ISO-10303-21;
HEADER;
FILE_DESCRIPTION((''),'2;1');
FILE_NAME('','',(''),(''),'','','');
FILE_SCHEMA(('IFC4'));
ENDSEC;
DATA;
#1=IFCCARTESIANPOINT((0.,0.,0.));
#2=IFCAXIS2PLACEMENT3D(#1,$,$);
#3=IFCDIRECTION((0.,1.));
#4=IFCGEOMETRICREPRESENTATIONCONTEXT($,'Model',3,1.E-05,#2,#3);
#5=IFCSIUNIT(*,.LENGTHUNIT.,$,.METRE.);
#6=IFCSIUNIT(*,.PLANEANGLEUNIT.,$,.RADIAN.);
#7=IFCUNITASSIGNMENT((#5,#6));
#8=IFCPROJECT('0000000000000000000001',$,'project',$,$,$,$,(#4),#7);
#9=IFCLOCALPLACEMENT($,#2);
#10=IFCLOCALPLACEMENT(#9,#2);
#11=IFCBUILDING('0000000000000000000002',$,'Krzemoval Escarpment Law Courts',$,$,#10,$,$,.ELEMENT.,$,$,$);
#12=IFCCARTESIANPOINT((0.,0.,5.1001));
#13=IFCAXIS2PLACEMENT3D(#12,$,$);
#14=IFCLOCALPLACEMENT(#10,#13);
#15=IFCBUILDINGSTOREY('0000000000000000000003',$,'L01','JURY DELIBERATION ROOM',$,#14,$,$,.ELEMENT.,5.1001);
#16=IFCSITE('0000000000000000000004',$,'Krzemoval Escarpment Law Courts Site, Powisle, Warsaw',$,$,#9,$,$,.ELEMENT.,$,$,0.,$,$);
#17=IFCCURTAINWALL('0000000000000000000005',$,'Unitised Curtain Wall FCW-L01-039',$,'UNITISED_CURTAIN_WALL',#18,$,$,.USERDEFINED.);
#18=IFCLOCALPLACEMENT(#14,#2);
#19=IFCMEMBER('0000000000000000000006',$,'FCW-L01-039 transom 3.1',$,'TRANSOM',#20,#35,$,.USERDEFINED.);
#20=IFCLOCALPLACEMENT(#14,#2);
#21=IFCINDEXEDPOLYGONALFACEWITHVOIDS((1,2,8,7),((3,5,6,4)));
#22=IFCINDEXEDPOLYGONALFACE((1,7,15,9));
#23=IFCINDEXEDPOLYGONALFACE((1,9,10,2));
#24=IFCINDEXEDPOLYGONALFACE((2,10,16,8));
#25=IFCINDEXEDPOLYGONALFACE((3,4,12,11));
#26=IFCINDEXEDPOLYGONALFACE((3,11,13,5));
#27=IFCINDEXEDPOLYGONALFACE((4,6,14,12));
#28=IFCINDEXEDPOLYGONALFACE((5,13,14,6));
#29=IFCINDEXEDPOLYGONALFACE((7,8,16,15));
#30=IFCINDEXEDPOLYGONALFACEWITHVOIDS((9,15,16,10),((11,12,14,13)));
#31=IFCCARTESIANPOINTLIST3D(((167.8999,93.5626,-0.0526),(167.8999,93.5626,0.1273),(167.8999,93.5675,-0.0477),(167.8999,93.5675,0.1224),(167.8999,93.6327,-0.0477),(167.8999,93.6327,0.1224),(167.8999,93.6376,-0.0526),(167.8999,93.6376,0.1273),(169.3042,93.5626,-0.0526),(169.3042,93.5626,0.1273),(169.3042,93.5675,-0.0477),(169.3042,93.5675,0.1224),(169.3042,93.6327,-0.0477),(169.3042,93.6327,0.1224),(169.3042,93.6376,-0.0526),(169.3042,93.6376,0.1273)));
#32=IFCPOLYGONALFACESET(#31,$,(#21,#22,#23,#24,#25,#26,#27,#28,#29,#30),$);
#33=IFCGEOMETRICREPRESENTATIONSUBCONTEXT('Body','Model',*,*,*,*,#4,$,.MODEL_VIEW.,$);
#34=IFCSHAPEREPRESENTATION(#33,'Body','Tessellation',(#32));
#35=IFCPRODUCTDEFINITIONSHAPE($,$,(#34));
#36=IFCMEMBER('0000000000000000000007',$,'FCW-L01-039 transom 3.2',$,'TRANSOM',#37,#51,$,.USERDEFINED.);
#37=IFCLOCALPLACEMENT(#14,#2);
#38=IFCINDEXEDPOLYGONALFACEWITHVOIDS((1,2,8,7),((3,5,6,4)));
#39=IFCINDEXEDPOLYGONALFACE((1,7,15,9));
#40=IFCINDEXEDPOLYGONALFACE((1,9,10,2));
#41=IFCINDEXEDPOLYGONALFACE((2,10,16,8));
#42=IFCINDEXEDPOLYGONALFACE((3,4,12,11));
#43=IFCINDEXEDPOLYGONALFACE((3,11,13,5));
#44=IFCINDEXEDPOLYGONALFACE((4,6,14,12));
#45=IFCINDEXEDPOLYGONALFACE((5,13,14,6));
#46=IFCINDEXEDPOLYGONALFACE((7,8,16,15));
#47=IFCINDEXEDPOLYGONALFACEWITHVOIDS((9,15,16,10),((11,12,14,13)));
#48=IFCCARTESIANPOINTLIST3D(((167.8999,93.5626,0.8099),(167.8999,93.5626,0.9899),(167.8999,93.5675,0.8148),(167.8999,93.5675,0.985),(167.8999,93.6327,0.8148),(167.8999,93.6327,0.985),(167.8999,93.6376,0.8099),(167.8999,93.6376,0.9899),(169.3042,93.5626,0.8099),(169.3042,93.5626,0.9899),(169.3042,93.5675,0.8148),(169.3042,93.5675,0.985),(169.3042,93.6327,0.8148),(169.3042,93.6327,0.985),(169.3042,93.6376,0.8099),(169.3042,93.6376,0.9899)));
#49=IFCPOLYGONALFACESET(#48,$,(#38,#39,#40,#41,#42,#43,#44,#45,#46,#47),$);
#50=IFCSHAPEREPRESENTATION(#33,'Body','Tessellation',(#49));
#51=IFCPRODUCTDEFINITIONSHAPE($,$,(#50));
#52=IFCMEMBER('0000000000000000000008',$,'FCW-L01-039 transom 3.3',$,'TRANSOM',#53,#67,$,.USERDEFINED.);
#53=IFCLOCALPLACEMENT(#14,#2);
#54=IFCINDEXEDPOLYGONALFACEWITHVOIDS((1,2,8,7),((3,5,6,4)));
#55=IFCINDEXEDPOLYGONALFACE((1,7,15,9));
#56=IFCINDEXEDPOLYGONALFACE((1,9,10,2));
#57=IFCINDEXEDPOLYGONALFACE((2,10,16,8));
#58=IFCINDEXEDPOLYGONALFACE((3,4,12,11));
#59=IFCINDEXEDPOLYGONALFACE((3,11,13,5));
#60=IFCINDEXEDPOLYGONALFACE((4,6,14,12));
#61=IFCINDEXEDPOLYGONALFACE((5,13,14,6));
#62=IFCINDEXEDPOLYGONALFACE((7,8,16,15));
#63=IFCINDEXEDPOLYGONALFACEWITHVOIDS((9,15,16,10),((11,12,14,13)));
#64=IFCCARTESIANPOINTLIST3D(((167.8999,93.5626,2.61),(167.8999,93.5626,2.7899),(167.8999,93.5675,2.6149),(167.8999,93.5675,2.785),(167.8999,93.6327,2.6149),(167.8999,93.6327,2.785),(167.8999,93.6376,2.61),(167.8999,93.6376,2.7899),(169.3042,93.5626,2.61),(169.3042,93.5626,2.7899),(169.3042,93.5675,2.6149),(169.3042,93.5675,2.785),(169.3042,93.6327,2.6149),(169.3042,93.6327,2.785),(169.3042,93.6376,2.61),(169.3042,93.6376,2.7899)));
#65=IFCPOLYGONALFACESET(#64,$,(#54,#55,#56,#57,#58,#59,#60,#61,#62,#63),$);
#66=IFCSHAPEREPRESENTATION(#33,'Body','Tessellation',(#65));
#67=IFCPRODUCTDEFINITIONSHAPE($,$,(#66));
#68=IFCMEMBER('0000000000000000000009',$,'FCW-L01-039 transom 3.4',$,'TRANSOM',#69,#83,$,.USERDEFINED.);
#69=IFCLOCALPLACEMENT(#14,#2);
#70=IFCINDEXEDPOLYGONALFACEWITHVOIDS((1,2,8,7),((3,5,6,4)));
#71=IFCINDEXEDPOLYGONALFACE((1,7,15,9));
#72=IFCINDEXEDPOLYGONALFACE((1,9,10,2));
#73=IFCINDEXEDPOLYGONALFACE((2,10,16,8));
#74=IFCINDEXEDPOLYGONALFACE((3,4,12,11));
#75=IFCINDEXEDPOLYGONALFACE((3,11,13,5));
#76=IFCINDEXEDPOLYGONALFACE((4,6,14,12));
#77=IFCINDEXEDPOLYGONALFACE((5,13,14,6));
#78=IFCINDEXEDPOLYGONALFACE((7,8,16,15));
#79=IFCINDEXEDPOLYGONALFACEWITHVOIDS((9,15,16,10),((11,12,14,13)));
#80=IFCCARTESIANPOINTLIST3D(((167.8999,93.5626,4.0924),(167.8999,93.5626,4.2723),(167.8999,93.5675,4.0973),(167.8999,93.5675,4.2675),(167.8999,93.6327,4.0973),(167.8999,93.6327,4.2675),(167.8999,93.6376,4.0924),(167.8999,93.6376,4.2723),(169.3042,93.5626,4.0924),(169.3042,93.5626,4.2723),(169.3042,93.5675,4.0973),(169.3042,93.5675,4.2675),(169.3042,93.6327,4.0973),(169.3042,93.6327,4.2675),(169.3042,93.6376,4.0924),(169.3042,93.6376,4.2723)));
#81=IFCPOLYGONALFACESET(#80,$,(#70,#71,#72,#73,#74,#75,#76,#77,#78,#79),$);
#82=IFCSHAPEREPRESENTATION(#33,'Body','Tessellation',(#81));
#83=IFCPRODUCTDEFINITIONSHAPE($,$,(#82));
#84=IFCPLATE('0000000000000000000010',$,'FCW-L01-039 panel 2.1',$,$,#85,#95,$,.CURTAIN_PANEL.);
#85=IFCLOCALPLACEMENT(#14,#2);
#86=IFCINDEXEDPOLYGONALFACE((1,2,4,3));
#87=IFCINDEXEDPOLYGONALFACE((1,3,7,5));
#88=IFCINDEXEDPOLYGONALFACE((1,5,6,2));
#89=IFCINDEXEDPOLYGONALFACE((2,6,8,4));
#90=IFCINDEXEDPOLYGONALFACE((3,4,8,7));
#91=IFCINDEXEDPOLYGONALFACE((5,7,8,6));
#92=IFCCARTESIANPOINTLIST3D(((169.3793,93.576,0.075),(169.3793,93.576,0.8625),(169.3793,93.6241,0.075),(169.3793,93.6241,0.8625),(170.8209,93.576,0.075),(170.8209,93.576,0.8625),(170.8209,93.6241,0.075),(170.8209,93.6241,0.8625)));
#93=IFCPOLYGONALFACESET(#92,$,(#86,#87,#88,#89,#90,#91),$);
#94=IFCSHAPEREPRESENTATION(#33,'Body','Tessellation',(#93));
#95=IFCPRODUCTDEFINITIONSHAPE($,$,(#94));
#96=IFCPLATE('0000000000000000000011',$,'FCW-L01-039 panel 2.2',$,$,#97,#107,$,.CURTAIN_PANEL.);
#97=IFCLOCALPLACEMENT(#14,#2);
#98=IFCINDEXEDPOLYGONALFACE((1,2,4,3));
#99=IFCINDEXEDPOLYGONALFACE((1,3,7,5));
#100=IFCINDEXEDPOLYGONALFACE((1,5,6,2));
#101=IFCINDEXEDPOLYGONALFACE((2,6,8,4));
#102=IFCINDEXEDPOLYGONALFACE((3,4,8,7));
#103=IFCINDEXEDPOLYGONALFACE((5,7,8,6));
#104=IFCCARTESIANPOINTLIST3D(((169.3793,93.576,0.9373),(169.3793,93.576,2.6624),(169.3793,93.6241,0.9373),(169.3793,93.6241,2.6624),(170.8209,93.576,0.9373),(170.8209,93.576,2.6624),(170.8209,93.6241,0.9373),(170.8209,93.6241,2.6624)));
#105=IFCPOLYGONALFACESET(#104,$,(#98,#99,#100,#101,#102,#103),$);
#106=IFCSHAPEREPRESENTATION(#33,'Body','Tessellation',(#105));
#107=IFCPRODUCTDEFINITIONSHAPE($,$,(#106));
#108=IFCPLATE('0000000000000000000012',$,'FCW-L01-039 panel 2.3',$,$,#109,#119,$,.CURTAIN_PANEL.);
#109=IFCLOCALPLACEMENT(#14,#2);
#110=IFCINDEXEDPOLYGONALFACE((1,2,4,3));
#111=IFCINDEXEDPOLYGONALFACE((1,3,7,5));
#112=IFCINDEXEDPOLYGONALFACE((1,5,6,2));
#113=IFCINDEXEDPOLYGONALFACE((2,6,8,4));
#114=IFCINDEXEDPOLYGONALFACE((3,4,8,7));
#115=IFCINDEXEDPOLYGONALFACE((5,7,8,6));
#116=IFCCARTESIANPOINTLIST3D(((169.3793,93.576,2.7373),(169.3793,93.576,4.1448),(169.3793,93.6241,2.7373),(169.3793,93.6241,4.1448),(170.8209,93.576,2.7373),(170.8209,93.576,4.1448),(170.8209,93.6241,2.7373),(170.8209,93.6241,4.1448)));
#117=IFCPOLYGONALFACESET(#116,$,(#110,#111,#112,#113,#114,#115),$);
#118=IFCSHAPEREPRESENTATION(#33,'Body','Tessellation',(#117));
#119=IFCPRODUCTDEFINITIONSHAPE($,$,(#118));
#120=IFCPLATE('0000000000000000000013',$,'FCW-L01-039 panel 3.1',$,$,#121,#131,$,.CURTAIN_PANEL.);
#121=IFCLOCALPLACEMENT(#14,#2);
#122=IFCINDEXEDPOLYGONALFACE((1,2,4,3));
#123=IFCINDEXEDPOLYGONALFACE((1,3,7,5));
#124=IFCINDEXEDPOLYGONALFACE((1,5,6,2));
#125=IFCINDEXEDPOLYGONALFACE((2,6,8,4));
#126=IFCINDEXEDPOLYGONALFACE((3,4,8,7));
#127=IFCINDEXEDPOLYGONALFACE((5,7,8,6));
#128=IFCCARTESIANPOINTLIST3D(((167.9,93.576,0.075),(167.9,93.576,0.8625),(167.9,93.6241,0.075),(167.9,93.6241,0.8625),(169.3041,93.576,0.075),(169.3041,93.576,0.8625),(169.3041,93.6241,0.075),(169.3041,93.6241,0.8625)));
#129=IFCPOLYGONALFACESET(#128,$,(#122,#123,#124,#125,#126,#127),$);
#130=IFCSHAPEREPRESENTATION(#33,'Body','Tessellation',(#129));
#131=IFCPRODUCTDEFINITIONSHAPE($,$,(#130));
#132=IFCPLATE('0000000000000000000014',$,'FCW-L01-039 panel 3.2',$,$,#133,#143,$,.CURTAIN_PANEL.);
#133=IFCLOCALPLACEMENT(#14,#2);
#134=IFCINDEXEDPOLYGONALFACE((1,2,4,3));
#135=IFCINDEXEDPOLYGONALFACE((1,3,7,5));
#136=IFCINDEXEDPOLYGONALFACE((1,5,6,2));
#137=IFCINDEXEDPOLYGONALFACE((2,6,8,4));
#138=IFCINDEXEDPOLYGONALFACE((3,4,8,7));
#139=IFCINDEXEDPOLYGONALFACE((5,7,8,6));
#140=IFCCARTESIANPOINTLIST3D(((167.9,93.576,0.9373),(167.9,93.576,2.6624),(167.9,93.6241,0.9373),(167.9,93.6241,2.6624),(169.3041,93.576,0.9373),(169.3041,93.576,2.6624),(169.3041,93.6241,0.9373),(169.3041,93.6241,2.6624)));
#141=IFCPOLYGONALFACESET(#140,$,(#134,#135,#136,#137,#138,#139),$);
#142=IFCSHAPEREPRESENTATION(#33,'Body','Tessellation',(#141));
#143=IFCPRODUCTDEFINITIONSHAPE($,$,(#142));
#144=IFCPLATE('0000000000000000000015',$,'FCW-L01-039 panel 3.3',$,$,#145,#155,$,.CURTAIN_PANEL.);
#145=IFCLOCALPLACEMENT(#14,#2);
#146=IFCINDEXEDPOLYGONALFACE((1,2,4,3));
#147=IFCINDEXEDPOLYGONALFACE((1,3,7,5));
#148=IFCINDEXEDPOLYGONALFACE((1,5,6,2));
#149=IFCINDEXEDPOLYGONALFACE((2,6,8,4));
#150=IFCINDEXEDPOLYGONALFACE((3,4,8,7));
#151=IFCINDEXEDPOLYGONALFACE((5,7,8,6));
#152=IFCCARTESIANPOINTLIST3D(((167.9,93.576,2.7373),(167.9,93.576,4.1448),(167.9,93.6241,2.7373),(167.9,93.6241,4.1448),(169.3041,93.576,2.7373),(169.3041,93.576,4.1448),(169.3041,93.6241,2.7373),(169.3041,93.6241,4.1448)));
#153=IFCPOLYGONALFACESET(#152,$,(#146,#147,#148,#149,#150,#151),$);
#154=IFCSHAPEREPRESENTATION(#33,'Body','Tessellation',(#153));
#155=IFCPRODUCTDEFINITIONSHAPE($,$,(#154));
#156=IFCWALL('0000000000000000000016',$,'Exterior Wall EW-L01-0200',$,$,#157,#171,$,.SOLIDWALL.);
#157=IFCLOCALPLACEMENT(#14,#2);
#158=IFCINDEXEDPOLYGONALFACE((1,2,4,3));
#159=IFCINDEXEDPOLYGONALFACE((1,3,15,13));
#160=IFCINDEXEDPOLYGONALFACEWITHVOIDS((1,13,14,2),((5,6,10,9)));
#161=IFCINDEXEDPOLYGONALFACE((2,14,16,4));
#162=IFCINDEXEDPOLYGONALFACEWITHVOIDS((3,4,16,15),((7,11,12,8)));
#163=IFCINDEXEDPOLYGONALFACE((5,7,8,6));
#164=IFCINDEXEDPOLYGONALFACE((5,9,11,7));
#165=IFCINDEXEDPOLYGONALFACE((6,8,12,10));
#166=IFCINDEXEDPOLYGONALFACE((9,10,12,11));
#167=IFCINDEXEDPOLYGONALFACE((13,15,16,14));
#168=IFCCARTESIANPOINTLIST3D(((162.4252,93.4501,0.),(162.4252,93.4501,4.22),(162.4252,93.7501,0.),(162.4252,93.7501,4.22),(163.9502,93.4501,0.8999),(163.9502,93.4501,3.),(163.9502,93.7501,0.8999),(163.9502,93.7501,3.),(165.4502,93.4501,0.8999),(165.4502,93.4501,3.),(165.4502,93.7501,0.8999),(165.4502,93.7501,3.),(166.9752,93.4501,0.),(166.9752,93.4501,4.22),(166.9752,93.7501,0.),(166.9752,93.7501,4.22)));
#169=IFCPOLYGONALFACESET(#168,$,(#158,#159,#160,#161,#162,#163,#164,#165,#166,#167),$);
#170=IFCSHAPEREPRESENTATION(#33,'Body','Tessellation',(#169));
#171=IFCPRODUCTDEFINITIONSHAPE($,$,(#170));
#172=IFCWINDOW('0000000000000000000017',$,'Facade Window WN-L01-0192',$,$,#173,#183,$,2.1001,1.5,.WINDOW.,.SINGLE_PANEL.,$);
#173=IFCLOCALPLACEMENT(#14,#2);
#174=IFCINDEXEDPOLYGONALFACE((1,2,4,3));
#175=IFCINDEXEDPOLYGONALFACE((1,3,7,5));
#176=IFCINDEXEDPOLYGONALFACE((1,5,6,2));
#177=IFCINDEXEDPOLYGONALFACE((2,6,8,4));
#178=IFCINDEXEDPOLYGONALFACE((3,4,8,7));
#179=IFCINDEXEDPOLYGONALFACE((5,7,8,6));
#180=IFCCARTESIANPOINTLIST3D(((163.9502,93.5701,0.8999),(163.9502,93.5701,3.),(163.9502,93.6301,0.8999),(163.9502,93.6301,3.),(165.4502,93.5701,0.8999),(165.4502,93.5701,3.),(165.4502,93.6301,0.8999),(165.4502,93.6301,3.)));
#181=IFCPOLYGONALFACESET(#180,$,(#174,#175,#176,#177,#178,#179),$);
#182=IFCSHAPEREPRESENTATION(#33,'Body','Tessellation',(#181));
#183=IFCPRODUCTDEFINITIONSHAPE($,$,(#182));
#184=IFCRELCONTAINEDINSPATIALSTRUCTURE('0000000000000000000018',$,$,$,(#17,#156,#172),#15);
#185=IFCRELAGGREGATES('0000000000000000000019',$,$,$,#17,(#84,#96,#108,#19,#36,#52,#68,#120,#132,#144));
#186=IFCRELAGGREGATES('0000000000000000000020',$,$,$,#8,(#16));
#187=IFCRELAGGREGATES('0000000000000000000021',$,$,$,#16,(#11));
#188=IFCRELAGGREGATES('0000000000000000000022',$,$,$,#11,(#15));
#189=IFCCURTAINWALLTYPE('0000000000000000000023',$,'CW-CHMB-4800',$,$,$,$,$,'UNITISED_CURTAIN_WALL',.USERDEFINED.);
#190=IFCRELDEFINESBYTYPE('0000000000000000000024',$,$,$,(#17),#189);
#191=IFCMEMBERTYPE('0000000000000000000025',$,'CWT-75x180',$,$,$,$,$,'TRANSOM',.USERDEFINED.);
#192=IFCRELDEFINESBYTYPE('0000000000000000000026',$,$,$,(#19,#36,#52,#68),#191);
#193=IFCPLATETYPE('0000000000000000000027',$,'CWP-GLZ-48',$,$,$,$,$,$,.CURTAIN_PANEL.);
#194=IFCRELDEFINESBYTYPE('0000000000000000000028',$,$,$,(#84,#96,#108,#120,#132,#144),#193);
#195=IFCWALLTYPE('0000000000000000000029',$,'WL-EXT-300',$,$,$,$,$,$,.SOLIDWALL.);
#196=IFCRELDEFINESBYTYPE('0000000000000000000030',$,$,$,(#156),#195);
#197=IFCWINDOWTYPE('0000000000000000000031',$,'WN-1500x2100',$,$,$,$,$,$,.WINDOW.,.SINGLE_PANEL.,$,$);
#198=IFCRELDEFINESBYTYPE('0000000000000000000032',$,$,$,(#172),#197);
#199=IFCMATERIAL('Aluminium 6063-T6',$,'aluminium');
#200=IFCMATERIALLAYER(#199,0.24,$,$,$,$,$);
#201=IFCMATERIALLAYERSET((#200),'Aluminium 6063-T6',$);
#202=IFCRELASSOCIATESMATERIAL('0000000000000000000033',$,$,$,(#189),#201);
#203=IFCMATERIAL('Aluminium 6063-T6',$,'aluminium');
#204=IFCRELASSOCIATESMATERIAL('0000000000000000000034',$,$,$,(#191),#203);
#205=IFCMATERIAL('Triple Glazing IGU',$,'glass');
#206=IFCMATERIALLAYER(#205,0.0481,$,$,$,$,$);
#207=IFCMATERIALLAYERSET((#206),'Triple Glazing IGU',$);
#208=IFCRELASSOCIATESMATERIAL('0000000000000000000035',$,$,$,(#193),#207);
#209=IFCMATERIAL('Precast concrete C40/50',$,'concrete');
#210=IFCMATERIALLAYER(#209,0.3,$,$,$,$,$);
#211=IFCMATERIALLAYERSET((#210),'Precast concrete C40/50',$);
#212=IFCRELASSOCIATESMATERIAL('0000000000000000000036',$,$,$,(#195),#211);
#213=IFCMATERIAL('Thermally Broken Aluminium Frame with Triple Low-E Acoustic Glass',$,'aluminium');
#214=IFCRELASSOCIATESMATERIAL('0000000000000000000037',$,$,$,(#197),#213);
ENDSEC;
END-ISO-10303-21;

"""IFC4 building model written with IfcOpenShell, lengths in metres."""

from ifc_helpers import new_model, si_unit, direction, frame, frame_2d, origin, origin_2d, place, context, subcontext, project, spatial, rectangle, hollow_rectangle, extrude, material, layer, layer_set, material_profile, profile_set, type_object, element, fill, aggregate, save


model = new_model("IFC4")

# Units and contexts
model_context = context("Model", 3, precision=1e-05, world=origin(), true_north=direction((0.0, 1.0)))
body_context = subcontext(model_context, "Body", "Model", "MODEL_VIEW")
ifc_project = project(units=[si_unit("LENGTHUNIT", "METRE"), si_unit("PLANEANGLEUNIT", "RADIAN")], contexts=[model_context])

# Site, building, storey
site_placement = place(None, origin())
site = spatial("IfcSite", under=ifc_project, at=site_placement, Name="Krzemoval Escarpment Law Courts Site, Powisle, Warsaw", CompositionType="ELEMENT", RefElevation=0.0)
building_placement = place(site_placement, origin())
building = spatial("IfcBuilding", under=site, at=building_placement, Name="Krzemoval Escarpment Law Courts", CompositionType="ELEMENT")
storey_placement = place(building_placement, frame((0.0, 0.0, 5.1001)))
storey = spatial("IfcBuildingStorey", under=building, at=storey_placement, Name="L01", Description="JURY DELIBERATION ROOM", CompositionType="ELEMENT", Elevation=5.1001)

# Curtain wall, members, plates
ifc_material_1 = material(Name="Aluminium 6063-T6", Category="aluminium")
ifc_layer_1 = layer(ifc_material_1, 0.24)
ifc_layer_set_1 = layer_set([ifc_layer_1], Name="Aluminium 6063-T6")
curtain_wall_type = type_object("IfcCurtainWallType", Name="CW-CHMB-4800", ElementType="UNITISED_CURTAIN_WALL", PredefinedType="USERDEFINED", material=ifc_layer_set_1)
curtain_wall_placement = place(storey_placement, origin())
curtain_wall = element("IfcCurtainWall", 1, at=curtain_wall_placement, inside=storey, type_object=curtain_wall_type, Name="Unitised Curtain Wall FCW-L01-039", ObjectType="UNITISED_CURTAIN_WALL", PredefinedType="USERDEFINED")
ifc_material_2 = material(Name="Aluminium 6063-T6", Category="aluminium")
ifc_material_profile_1 = material_profile(ifc_material_2, hollow_rectangle(XDim=0.075, YDim=0.1799, WallThickness=0.0049, at=origin_2d()), Name="ALU T75x180")
ifc_profile_set_1 = profile_set([ifc_material_profile_1], Name="Aluminium 6063-T6")
member_type_1 = type_object("IfcMemberType", Name="CWT-75x180", ElementType="TRANSOM", PredefinedType="USERDEFINED", material=ifc_profile_set_1)
member_1_placement = place(storey_placement, frame((169.3042, 93.6001, 0.0374), z_axis=(-1.0, 0.0, 0.0), x_axis=(0.0, -1.0, 0.0)))
member_1 = element("IfcMember", 2, at=member_1_placement, type_object=member_type_1, Name="FCW-L01-039 transom 3.1", ObjectType="TRANSOM", PredefinedType="USERDEFINED", context=body_context, shape_type="SweptSolid", body=[
    extrude(hollow_rectangle(XDim=0.075, YDim=0.1799, WallThickness=0.0049, at=origin_2d()), origin(), (0.0, 0.0, 1.0), 1.4043),
])
member_2_placement = place(storey_placement, frame((169.3042, 93.6001, 0.8999), z_axis=(-1.0, 0.0, 0.0), x_axis=(0.0, -1.0, 0.0)))
member_2 = element("IfcMember", 3, at=member_2_placement, type_object=member_type_1, Name="FCW-L01-039 transom 3.2", ObjectType="TRANSOM", PredefinedType="USERDEFINED", context=body_context, shape_type="SweptSolid", body=[
    extrude(hollow_rectangle(XDim=0.075, YDim=0.1799, WallThickness=0.0049, at=origin_2d()), origin(), (0.0, 0.0, 1.0), 1.4043),
])
member_3_placement = place(storey_placement, frame((169.3042, 93.6001, 2.7), z_axis=(-1.0, 0.0, 0.0), x_axis=(0.0, -1.0, 0.0)))
member_3 = element("IfcMember", 4, at=member_3_placement, type_object=member_type_1, Name="FCW-L01-039 transom 3.3", ObjectType="TRANSOM", PredefinedType="USERDEFINED", context=body_context, shape_type="SweptSolid", body=[
    extrude(hollow_rectangle(XDim=0.075, YDim=0.1799, WallThickness=0.0049, at=origin_2d()), origin(), (0.0, 0.0, 1.0), 1.4043),
])
member_4_placement = place(storey_placement, frame((169.3042, 93.6001, 4.1824), z_axis=(-1.0, 0.0, 0.0), x_axis=(0.0, -1.0, 0.0)))
member_4 = element("IfcMember", 5, at=member_4_placement, type_object=member_type_1, Name="FCW-L01-039 transom 3.4", ObjectType="TRANSOM", PredefinedType="USERDEFINED", context=body_context, shape_type="SweptSolid", body=[
    extrude(hollow_rectangle(XDim=0.075, YDim=0.1799, WallThickness=0.0049, at=origin_2d()), origin(), (0.0, 0.0, 1.0), 1.4043),
])
ifc_material_3 = material(Name="Triple Glazing IGU", Category="glass")
ifc_layer_2 = layer(ifc_material_3, 0.0481)
ifc_layer_set_2 = layer_set([ifc_layer_2], Name="Triple Glazing IGU")
plate_type = type_object("IfcPlateType", Name="CWP-GLZ-48", PredefinedType="CURTAIN_PANEL", material=ifc_layer_set_2)
plate_1_placement = place(storey_placement, frame((170.1001, 93.6001, 0.075), z_axis=(0.0, 0.0, 1.0), x_axis=(-1.0, 0.0, 0.0)))
plate_1 = element("IfcPlate", 6, at=plate_1_placement, type_object=plate_type, Name="FCW-L01-039 panel 2.1", PredefinedType="CURTAIN_PANEL", context=body_context, shape_type="SweptSolid", body=[
    extrude(rectangle(XDim=1.4417, YDim=0.0481, at=origin_2d()), origin(), (0.0, 0.0, 1.0), 0.7876),
])
plate_2_placement = place(storey_placement, frame((170.1001, 93.6001, 0.9373), z_axis=(0.0, 0.0, 1.0), x_axis=(-1.0, 0.0, 0.0)))
plate_2 = element("IfcPlate", 7, at=plate_2_placement, type_object=plate_type, Name="FCW-L01-039 panel 2.2", PredefinedType="CURTAIN_PANEL", context=body_context, shape_type="SweptSolid", body=[
    extrude(rectangle(XDim=1.4417, YDim=0.0481, at=origin_2d()), origin(), (0.0, 0.0, 1.0), 1.7251),
])
plate_3_placement = place(storey_placement, frame((170.1001, 93.6001, 2.7373), z_axis=(0.0, 0.0, 1.0), x_axis=(-1.0, 0.0, 0.0)))
plate_3 = element("IfcPlate", 8, at=plate_3_placement, type_object=plate_type, Name="FCW-L01-039 panel 2.3", PredefinedType="CURTAIN_PANEL", context=body_context, shape_type="SweptSolid", body=[
    extrude(rectangle(XDim=1.4417, YDim=0.0481, at=origin_2d()), origin(), (0.0, 0.0, 1.0), 1.4075),
])
plate_4_placement = place(storey_placement, frame((168.6021, 93.6001, 0.075), z_axis=(0.0, 0.0, 1.0), x_axis=(-1.0, 0.0, 0.0)))
plate_4 = element("IfcPlate", 9, at=plate_4_placement, type_object=plate_type, Name="FCW-L01-039 panel 3.1", PredefinedType="CURTAIN_PANEL", context=body_context, shape_type="SweptSolid", body=[
    extrude(rectangle(XDim=1.4041, YDim=0.0481, at=origin_2d()), origin(), (0.0, 0.0, 1.0), 0.7876),
])
plate_5_placement = place(storey_placement, frame((168.6021, 93.6001, 0.9373), z_axis=(0.0, 0.0, 1.0), x_axis=(-1.0, 0.0, 0.0)))
plate_5 = element("IfcPlate", 10, at=plate_5_placement, type_object=plate_type, Name="FCW-L01-039 panel 3.2", PredefinedType="CURTAIN_PANEL", context=body_context, shape_type="SweptSolid", body=[
    extrude(rectangle(XDim=1.4041, YDim=0.0481, at=origin_2d()), origin(), (0.0, 0.0, 1.0), 1.7251),
])
plate_6_placement = place(storey_placement, frame((168.6021, 93.6001, 2.7373), z_axis=(0.0, 0.0, 1.0), x_axis=(-1.0, 0.0, 0.0)))
plate_6 = element("IfcPlate", 11, at=plate_6_placement, type_object=plate_type, Name="FCW-L01-039 panel 3.3", PredefinedType="CURTAIN_PANEL", context=body_context, shape_type="SweptSolid", body=[
    extrude(rectangle(XDim=1.4041, YDim=0.0481, at=origin_2d()), origin(), (0.0, 0.0, 1.0), 1.4075),
])
aggregate(curtain_wall, [plate_1, plate_2, plate_3, member_1, member_2, member_3, member_4, plate_4, plate_5, plate_6])

# Wall, opening, window
ifc_material_4 = material(Name="Precast concrete C40/50", Category="concrete")
ifc_layer_3 = layer(ifc_material_4, 0.3)
ifc_layer_set_3 = layer_set([ifc_layer_3], Name="Precast concrete C40/50")
wall_type_1 = type_object("IfcWallType", Name="WL-EXT-300", PredefinedType="SOLIDWALL", material=ifc_layer_set_3)
wall_1_placement = place(storey_placement, frame((166.9751, 93.6001, 0.0), z_axis=(0.0, 0.0, 1.0), x_axis=(-1.0, 0.0, 0.0)))
wall_1 = element("IfcWall", 12, at=wall_1_placement, inside=storey, type_object=wall_type_1, Name="Exterior Wall EW-L01-0200", PredefinedType="SOLIDWALL", context=body_context, shape_type="SweptSolid", body=[
    extrude(rectangle(XDim=4.55, YDim=0.3, at=frame_2d((2.2749, 0.0))), origin(), (0.0, 0.0, 1.0), 4.22),
])
opening_1_placement = place(wall_1_placement, frame((1.5249, 0.0, 0.8999)))
opening_1 = element("IfcOpeningElement", 13, at=opening_1_placement, cuts=wall_1, PredefinedType="OPENING", context=body_context, shape_type="SweptSolid", body=[
    extrude(rectangle(XDim=1.5, YDim=2.1001, at=frame_2d((0.75, 1.05))), frame((0.0, 0.165, 0.0), z_axis=(0.0, -1.0, 0.0), x_axis=(1.0, 0.0, 0.0)), (0.0, 0.0, 1.0), 0.3301),
])
ifc_material_5 = material(Name="Thermally Broken Aluminium Frame with Triple Low-E Acoustic Glass", Category="aluminium")
window_type = type_object("IfcWindowType", Name="WN-1500x2100", PartitioningType="SINGLE_PANEL", PredefinedType="WINDOW", material=ifc_material_5)
window_1_placement = place(opening_1_placement, origin())
window_1 = element("IfcWindow", 14, at=window_1_placement, inside=storey, type_object=window_type, Name="Facade Window WN-L01-0192", OverallHeight=2.1001, OverallWidth=1.5, PartitioningType="SINGLE_PANEL", PredefinedType="WINDOW", context=body_context, shape_type="SweptSolid", body=[
    extrude(rectangle(XDim=1.5, YDim=2.1001, at=frame_2d((0.75, 1.05))), frame((0.0, 0.03, 0.0), z_axis=(0.0, -1.0, 0.0), x_axis=(1.0, 0.0, 0.0)), (0.0, 0.0, 1.0), 0.0601),
])
fill(opening_1, window_1)

save(model, "model.ifc")
